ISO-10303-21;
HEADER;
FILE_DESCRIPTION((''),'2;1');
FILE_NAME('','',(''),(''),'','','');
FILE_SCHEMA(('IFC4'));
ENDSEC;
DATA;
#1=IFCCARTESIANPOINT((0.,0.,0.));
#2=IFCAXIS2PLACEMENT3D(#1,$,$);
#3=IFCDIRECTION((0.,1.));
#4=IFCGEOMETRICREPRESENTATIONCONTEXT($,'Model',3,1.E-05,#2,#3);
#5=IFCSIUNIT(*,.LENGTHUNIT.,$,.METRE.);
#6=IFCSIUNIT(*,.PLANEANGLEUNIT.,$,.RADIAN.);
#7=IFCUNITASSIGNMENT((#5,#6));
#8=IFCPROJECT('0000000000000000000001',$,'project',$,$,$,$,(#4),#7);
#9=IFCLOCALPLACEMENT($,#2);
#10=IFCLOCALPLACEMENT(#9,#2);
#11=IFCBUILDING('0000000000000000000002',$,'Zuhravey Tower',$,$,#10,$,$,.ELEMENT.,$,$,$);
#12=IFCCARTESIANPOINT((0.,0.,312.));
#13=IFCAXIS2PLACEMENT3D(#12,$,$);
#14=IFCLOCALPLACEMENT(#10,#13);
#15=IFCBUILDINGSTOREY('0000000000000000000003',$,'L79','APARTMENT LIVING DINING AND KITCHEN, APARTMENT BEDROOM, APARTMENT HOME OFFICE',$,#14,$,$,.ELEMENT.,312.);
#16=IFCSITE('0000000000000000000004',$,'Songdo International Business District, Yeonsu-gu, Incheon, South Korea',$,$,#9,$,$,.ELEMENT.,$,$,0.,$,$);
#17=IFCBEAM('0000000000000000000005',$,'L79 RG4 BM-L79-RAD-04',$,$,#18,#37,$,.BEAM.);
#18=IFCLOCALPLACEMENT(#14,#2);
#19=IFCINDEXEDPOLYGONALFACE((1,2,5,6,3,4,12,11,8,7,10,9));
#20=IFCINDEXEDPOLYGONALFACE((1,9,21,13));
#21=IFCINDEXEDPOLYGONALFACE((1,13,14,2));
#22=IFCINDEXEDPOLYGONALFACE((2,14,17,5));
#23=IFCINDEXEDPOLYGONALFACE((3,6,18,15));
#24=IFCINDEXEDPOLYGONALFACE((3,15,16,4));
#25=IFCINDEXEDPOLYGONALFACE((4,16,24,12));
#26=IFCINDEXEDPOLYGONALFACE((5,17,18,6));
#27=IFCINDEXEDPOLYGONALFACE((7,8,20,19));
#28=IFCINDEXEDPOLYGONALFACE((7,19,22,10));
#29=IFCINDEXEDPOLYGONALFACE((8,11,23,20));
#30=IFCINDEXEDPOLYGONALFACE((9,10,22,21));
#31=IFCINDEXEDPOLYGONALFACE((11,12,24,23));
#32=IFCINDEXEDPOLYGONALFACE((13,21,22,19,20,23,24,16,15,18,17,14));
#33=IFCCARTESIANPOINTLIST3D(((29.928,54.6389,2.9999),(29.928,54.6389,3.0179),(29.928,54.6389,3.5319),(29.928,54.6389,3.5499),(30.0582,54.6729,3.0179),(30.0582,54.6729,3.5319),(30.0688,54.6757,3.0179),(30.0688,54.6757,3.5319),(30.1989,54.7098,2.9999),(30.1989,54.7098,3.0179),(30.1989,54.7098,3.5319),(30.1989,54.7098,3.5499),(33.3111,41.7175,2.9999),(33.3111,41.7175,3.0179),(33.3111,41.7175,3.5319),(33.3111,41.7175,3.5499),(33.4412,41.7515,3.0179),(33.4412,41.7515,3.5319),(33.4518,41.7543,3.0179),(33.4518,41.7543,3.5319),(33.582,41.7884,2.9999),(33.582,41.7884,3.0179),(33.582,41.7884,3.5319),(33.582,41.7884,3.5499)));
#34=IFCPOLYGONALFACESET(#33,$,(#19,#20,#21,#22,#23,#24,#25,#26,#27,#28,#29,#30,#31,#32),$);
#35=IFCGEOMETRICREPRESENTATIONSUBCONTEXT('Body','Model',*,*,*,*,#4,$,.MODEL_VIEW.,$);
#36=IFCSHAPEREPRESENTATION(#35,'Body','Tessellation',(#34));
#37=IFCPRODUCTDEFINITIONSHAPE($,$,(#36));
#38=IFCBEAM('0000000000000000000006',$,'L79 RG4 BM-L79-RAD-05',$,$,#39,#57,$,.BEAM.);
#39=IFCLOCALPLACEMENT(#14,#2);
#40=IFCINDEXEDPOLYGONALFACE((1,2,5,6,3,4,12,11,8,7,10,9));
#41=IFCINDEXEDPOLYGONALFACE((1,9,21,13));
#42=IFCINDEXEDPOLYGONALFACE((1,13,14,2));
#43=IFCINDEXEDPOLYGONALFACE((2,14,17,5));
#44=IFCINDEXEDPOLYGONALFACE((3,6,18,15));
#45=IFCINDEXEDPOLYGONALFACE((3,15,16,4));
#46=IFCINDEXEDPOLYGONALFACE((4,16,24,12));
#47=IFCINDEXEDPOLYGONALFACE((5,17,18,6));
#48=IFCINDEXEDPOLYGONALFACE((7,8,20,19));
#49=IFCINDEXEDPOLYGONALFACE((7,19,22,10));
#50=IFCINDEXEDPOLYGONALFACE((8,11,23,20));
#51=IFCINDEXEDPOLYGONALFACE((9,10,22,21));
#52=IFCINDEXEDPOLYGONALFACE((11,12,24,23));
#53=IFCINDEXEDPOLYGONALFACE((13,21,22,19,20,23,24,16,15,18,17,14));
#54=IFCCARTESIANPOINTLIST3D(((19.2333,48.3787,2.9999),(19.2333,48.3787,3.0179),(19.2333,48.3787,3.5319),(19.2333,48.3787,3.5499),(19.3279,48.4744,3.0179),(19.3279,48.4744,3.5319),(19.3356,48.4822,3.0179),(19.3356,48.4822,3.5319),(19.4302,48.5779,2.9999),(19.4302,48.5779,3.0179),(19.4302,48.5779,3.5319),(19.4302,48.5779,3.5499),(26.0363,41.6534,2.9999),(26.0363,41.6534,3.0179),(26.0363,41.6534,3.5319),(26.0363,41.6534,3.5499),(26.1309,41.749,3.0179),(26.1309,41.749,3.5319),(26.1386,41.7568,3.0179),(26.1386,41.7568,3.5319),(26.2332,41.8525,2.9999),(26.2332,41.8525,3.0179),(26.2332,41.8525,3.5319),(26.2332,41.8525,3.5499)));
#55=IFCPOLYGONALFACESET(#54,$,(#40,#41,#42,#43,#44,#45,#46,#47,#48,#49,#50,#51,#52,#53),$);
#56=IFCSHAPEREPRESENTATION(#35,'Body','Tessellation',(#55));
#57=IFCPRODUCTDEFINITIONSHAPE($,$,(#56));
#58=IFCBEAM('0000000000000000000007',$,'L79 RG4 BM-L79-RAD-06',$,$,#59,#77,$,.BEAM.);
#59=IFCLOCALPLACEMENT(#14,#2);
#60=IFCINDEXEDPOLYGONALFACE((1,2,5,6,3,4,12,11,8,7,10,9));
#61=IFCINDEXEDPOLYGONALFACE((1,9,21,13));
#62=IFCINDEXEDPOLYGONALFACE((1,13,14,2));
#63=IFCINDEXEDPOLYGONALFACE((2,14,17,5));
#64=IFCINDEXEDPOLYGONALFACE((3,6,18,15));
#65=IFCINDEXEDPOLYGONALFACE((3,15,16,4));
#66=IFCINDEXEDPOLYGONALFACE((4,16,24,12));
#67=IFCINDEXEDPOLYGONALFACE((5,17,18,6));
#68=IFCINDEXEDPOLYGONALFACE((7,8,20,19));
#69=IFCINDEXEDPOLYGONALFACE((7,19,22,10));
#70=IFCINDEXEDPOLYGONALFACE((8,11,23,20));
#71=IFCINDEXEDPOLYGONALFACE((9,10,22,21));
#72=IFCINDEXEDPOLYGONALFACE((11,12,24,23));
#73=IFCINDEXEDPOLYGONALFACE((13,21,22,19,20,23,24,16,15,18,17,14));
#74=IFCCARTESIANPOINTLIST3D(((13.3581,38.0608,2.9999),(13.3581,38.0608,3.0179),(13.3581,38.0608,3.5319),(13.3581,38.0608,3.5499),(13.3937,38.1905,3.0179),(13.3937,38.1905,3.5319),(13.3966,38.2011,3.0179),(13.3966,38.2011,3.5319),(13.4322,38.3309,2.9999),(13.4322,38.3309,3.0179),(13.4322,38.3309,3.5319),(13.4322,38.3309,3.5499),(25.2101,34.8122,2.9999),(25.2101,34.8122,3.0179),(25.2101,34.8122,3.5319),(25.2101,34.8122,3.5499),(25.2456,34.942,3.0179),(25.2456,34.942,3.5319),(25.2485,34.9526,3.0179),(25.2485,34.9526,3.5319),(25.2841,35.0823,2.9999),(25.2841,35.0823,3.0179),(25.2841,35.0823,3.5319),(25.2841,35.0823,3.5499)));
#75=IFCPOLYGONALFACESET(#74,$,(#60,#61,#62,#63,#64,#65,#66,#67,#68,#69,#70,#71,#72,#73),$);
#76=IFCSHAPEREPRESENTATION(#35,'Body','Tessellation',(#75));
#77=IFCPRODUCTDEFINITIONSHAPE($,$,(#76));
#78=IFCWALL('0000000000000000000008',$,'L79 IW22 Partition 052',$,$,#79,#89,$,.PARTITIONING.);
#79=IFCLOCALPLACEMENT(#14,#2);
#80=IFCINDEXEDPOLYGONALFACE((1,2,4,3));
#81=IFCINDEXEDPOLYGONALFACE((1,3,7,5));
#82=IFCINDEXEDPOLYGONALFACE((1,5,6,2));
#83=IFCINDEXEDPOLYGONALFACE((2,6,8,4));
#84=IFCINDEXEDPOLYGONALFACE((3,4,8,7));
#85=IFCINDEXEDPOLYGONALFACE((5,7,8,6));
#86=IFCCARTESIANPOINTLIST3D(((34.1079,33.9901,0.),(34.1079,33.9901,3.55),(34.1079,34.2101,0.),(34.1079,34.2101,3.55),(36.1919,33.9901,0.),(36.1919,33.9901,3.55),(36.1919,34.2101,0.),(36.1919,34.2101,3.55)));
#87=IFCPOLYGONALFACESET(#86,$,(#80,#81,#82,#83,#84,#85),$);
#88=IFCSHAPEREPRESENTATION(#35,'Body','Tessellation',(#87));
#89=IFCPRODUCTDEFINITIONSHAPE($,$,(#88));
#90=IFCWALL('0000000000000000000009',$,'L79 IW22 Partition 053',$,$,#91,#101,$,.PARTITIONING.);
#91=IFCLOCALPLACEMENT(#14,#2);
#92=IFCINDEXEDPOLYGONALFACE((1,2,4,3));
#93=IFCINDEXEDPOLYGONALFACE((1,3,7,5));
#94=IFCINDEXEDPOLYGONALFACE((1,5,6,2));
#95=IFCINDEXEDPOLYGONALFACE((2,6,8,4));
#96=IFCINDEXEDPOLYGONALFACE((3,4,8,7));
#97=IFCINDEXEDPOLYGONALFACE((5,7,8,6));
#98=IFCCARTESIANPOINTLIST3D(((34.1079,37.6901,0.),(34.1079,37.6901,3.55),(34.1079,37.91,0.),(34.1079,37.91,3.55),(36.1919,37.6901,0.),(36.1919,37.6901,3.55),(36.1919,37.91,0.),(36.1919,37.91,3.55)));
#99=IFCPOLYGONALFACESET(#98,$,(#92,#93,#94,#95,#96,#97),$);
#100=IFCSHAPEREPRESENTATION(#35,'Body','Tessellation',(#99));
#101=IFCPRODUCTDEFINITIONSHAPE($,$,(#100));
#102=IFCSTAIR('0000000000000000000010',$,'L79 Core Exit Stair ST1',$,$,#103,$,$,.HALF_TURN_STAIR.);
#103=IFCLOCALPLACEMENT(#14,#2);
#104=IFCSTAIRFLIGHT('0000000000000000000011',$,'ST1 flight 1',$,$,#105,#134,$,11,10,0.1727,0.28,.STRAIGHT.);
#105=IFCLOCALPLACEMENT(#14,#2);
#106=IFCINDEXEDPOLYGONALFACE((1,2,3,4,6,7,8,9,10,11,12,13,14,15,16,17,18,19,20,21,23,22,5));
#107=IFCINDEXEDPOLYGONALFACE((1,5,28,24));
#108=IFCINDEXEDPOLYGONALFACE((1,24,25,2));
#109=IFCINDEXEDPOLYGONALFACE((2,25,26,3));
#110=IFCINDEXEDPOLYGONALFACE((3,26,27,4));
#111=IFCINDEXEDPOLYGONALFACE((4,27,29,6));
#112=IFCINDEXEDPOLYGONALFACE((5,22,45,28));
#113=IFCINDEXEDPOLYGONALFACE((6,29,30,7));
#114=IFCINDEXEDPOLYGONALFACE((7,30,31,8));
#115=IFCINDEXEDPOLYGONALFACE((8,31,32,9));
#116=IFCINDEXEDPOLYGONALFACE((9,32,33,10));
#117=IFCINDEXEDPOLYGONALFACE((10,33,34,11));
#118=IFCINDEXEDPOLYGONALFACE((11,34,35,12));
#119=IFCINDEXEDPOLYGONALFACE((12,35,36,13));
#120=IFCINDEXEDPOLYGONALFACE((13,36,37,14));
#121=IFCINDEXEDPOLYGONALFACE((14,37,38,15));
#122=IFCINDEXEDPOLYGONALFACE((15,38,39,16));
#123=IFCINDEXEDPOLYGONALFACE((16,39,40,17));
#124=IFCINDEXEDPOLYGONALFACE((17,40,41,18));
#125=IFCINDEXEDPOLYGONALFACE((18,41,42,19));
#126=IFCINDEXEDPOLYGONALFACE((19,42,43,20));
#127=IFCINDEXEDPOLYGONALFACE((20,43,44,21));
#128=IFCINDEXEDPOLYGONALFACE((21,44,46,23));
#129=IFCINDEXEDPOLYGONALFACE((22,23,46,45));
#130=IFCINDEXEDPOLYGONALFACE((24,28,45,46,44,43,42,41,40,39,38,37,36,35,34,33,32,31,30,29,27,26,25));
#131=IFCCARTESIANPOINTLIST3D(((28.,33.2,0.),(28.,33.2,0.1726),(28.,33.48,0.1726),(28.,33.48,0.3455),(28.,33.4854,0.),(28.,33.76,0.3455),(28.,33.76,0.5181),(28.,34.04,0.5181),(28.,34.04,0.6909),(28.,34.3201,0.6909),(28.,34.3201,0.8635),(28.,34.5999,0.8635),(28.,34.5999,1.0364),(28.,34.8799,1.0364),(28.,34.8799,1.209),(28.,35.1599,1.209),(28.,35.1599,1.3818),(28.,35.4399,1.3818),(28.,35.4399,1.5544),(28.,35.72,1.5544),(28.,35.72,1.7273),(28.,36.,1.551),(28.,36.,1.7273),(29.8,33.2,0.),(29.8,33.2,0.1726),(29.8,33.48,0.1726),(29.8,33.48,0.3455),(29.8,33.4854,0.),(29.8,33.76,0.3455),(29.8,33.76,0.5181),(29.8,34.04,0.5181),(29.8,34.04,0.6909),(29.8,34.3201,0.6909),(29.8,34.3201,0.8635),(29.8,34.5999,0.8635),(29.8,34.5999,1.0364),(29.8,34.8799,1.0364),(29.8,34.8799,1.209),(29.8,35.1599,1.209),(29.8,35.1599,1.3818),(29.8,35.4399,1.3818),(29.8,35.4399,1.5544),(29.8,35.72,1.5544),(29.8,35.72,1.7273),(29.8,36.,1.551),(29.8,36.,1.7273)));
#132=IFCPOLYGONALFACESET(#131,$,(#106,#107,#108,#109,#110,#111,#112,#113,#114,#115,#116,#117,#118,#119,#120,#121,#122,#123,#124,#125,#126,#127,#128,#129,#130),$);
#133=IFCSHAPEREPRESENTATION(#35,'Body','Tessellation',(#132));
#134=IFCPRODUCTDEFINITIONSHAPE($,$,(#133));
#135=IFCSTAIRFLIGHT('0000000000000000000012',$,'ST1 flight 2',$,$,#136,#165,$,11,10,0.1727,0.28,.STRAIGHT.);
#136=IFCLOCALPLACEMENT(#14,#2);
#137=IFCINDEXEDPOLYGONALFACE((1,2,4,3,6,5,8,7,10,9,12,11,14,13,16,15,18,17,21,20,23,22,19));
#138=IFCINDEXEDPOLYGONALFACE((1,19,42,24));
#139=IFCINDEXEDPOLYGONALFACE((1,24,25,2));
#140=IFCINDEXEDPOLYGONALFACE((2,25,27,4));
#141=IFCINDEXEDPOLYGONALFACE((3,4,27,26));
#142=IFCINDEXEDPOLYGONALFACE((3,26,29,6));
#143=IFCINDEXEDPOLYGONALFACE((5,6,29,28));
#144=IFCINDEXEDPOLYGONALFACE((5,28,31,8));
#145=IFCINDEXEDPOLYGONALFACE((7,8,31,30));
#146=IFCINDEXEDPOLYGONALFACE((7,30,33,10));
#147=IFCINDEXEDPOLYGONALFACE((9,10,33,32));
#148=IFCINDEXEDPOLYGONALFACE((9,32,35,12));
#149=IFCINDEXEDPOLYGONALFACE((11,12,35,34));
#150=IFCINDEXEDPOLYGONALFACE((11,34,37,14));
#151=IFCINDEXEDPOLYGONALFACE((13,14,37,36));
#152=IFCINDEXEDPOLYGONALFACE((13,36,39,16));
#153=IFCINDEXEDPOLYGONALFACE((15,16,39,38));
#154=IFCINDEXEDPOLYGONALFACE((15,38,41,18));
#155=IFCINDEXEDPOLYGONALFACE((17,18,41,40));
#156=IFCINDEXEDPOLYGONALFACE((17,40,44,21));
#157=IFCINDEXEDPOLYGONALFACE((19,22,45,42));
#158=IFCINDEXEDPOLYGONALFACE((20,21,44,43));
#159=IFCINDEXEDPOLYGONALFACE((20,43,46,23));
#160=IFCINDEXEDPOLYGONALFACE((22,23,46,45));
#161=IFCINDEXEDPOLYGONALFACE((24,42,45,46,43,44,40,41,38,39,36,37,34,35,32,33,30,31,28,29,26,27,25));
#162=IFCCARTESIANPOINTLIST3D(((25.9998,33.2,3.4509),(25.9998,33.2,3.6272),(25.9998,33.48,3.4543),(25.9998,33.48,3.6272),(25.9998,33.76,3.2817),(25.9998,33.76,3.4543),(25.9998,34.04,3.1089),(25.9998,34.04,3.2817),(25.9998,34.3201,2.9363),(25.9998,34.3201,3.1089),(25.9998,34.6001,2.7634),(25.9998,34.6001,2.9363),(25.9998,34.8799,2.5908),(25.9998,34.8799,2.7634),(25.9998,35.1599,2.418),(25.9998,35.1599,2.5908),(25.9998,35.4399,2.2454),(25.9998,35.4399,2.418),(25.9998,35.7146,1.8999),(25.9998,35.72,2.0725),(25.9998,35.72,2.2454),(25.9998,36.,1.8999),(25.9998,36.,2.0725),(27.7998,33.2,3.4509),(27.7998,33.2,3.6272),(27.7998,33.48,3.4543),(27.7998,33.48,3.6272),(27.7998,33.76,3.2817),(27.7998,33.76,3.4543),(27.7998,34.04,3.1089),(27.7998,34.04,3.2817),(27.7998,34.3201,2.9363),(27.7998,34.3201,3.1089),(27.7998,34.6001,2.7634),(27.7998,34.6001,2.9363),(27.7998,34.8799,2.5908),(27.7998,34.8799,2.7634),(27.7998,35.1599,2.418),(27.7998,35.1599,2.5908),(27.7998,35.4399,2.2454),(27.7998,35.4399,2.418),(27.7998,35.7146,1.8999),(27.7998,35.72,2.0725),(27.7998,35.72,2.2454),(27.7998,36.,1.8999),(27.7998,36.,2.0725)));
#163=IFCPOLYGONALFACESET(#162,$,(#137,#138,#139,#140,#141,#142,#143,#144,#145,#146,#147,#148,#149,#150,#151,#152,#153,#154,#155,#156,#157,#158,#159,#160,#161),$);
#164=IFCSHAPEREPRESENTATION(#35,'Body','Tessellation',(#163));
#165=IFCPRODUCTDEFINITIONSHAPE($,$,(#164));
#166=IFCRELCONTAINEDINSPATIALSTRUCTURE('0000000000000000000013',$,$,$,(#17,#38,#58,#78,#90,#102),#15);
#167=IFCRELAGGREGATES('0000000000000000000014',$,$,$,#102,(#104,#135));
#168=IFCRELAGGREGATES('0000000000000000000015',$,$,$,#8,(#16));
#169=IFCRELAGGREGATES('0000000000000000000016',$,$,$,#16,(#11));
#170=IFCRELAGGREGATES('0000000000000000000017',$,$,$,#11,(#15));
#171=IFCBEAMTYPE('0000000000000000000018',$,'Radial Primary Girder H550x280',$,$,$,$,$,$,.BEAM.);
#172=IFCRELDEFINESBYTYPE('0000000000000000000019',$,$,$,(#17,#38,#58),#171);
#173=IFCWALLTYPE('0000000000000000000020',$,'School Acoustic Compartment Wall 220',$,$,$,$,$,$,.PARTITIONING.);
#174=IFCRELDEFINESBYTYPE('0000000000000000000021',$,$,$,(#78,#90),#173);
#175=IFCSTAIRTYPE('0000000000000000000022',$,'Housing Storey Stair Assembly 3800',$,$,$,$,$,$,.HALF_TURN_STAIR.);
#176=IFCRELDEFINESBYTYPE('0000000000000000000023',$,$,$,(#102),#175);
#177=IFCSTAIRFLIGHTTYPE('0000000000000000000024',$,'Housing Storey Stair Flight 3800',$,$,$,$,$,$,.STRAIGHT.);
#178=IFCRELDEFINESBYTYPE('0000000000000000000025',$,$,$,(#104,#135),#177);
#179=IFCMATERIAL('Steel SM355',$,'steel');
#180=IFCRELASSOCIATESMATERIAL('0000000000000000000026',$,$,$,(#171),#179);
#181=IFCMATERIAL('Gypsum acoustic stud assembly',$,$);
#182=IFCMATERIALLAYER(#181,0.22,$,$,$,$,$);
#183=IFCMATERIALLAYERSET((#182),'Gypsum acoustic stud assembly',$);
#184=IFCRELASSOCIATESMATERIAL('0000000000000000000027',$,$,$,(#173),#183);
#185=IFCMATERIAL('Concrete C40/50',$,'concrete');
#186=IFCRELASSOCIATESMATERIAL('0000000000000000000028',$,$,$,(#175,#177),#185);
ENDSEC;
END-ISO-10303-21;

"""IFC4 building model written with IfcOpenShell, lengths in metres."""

from ifc_helpers import new_model, si_unit, direction, frame, frame_2d, origin, origin_2d, place, context, subcontext, project, spatial, polyline, rectangle, i_section, outline, extrude, material, layer, layer_set, material_profile, profile_set, type_object, element, aggregate, save


model = new_model("IFC4")

# Units and contexts
model_context = context("Model", 3, precision=1e-05, world=origin(), true_north=direction((0.0, 1.0)))
body_context = subcontext(model_context, "Body", "Model", "MODEL_VIEW")
ifc_project = project(units=[si_unit("LENGTHUNIT", "METRE"), si_unit("PLANEANGLEUNIT", "RADIAN")], contexts=[model_context])

# Site, building, storey
site_placement = place(None, origin())
site = spatial("IfcSite", under=ifc_project, at=site_placement, Name="Songdo International Business District, Yeonsu-gu, Incheon, South Korea", CompositionType="ELEMENT", RefElevation=0.0)
building_placement = place(site_placement, origin())
building = spatial("IfcBuilding", under=site, at=building_placement, Name="Zuhravey Tower", CompositionType="ELEMENT")
storey_placement = place(building_placement, frame((0.0, 0.0, 312.0)))
storey = spatial("IfcBuildingStorey", under=building, at=storey_placement, Name="L79", Description="APARTMENT LIVING DINING AND KITCHEN, APARTMENT BEDROOM, APARTMENT HOME OFFICE", CompositionType="ELEMENT", Elevation=312.0)

# Beams
ifc_material_1 = material(Name="Steel SM355", Category="steel")
ifc_material_profile = material_profile(ifc_material_1, i_section(OverallWidth=0.28, OverallDepth=0.55, WebThickness=0.011, FlangeThickness=0.0181, at=origin_2d()), Name="H-550x280x11x18")
ifc_profile_set = profile_set([ifc_material_profile], Name="Steel SM355")
beam_type = type_object("IfcBeamType", Name="Radial Primary Girder H550x280", PredefinedType="BEAM", material=ifc_profile_set)
beam_1_placement = place(storey_placement, frame((33.4465, 41.7529, 3.2749), z_axis=(-0.253281, 0.967393, 0.0), x_axis=(-0.967393, -0.253281, 0.0)))
element("IfcBeam", 1, at=beam_1_placement, inside=storey, type_object=beam_type, Name="L79 RG4 BM-L79-RAD-04", PredefinedType="BEAM", context=body_context, shape_type="SweptSolid", body=[
    extrude(i_section(OverallWidth=0.28, OverallDepth=0.55, WebThickness=0.011, FlangeThickness=0.0181, at=origin_2d()), origin(), (0.0, 0.0, 1.0), 13.3569),
])
beam_2_placement = place(storey_placement, frame((26.1348, 41.7529, 3.2749), z_axis=(-0.711153, 0.703037, 0.0), x_axis=(-0.703037, -0.711153, 0.0)))
element("IfcBeam", 2, at=beam_2_placement, inside=storey, type_object=beam_type, Name="L79 RG4 BM-L79-RAD-05", PredefinedType="BEAM", context=body_context, shape_type="SweptSolid", body=[
    extrude(i_section(OverallWidth=0.28, OverallDepth=0.55, WebThickness=0.011, FlangeThickness=0.0181, at=origin_2d()), origin(), (0.0, 0.0, 1.0), 9.5662),
])
beam_3_placement = place(storey_placement, frame((25.2471, 34.9473, 3.2749), z_axis=(-0.964428, 0.264346, 0.0), x_axis=(-0.264346, -0.964428, 0.0)))
element("IfcBeam", 3, at=beam_3_placement, inside=storey, type_object=beam_type, Name="L79 RG4 BM-L79-RAD-06", PredefinedType="BEAM", context=body_context, shape_type="SweptSolid", body=[
    extrude(i_section(OverallWidth=0.28, OverallDepth=0.55, WebThickness=0.011, FlangeThickness=0.0181, at=origin_2d()), origin(), (0.0, 0.0, 1.0), 12.2891),
])

# Walls
ifc_material_2 = material(Name="Gypsum acoustic stud assembly")
ifc_layer = layer(ifc_material_2, 0.22)
ifc_layer_set = layer_set([ifc_layer], Name="Gypsum acoustic stud assembly")
wall_type = type_object("IfcWallType", Name="School Acoustic Compartment Wall 220", PredefinedType="PARTITIONING", material=ifc_layer_set)
for number, where, z_axis, x_axis, name in (
    (4, (34.1079, 34.1001, 0.0), (0.0, 0.0, 1.0), (1.0, 0.0, 0.0), "L79 IW22 Partition 052"),
    (5, (34.1079, 37.8, 0.0), (0.0, 0.0, 1.0), (1.0, 0.0, 0.0), "L79 IW22 Partition 053"),
):
    element("IfcWall", number, at=place(storey_placement, frame(where, z_axis=z_axis, x_axis=x_axis)), inside=storey, type_object=wall_type, Name=name, PredefinedType="PARTITIONING", context=body_context, shape_type="SweptSolid", body=[
        extrude(rectangle(XDim=2.084, YDim=0.22, at=frame_2d((1.042, 0.0))), origin(), (0.0, 0.0, 1.0), 3.55),
    ])

# Stair, stair flights
ifc_material_3 = material(Name="Concrete C40/50", Category="concrete")
stair_type = type_object("IfcStairType", Name="Housing Storey Stair Assembly 3800", PredefinedType="HALF_TURN_STAIR", material=ifc_material_3)
stair_1_placement = place(storey_placement, origin())
stair_1 = element("IfcStair", 6, at=stair_1_placement, inside=storey, type_object=stair_type, Name="L79 Core Exit Stair ST1", PredefinedType="HALF_TURN_STAIR")
stair_flight_type = type_object("IfcStairFlightType", Name="Housing Storey Stair Flight 3800", PredefinedType="STRAIGHT", material=ifc_material_3)
stair_flight_1_placement = place(storey_placement, frame((28.8999, 33.2, 0.0), z_axis=(0.0, 0.0, 1.0), x_axis=(0.0, 1.0, 0.0)))
stair_flight_1 = element("IfcStairFlight", 7, at=stair_flight_1_placement, type_object=stair_flight_type, Name="ST1 flight 1", NumberOfRisers=11, NumberOfTreads=10, PredefinedType="STRAIGHT", RiserHeight=0.1727, TreadLength=0.28, context=body_context, shape_type="SweptSolid", body=[
    extrude(outline(polyline([(0.0, 0.0), (0.0, 0.1726), (0.28, 0.1726), (0.28, 0.3455), (0.5601, 0.3455), (0.5601, 0.5181), (0.8401, 0.5181), (0.8401, 0.6909), (1.1201, 0.6909), (1.1201, 0.8635), (1.3999, 0.8635), (1.3999, 1.0364), (1.6799, 1.0364), (1.6799, 1.209), (1.96, 1.209), (1.96, 1.3818), (2.24, 1.3818), (2.24, 1.5544), (2.52, 1.5544), (2.52, 1.7273), (2.8, 1.7273), (2.8, 1.8999), (2.8, 1.551), (0.2854, 0.0), (0.0, 0.0)])), frame((0.0, 0.8999, 0.0), z_axis=(0.0, -1.0, 0.0), x_axis=(1.0, 0.0, 0.0)), (0.0, 0.0, 1.0), 1.8),
])
stair_flight_2_placement = place(storey_placement, frame((26.8999, 36.0, 1.8999), z_axis=(0.0, 0.0, 1.0), x_axis=(0.0, -1.0, 0.0)))
stair_flight_2 = element("IfcStairFlight", 8, at=stair_flight_2_placement, type_object=stair_flight_type, Name="ST1 flight 2", NumberOfRisers=11, NumberOfTreads=10, PredefinedType="STRAIGHT", RiserHeight=0.1727, TreadLength=0.28, context=body_context, shape_type="SweptSolid", body=[
    extrude(outline(polyline([(0.0, 0.0), (0.0, 0.1726), (0.28, 0.1726), (0.28, 0.3455), (0.5601, 0.3455), (0.5601, 0.5181), (0.8401, 0.5181), (0.8401, 0.6909), (1.1201, 0.6909), (1.1201, 0.8635), (1.3999, 0.8635), (1.3999, 1.0364), (1.6799, 1.0364), (1.6799, 1.209), (1.96, 1.209), (1.96, 1.3818), (2.24, 1.3818), (2.24, 1.5544), (2.52, 1.5544), (2.52, 1.7273), (2.8, 1.7273), (2.8, 1.8999), (2.8, 1.551), (0.2854, 0.0), (0.0, 0.0)])), frame((0.0, 0.8999, 0.0), z_axis=(0.0, -1.0, 0.0), x_axis=(1.0, 0.0, 0.0)), (0.0, 0.0, 1.0), 1.8),
])
aggregate(stair_1, [stair_flight_1, stair_flight_2])

save(model, "model.ifc")
